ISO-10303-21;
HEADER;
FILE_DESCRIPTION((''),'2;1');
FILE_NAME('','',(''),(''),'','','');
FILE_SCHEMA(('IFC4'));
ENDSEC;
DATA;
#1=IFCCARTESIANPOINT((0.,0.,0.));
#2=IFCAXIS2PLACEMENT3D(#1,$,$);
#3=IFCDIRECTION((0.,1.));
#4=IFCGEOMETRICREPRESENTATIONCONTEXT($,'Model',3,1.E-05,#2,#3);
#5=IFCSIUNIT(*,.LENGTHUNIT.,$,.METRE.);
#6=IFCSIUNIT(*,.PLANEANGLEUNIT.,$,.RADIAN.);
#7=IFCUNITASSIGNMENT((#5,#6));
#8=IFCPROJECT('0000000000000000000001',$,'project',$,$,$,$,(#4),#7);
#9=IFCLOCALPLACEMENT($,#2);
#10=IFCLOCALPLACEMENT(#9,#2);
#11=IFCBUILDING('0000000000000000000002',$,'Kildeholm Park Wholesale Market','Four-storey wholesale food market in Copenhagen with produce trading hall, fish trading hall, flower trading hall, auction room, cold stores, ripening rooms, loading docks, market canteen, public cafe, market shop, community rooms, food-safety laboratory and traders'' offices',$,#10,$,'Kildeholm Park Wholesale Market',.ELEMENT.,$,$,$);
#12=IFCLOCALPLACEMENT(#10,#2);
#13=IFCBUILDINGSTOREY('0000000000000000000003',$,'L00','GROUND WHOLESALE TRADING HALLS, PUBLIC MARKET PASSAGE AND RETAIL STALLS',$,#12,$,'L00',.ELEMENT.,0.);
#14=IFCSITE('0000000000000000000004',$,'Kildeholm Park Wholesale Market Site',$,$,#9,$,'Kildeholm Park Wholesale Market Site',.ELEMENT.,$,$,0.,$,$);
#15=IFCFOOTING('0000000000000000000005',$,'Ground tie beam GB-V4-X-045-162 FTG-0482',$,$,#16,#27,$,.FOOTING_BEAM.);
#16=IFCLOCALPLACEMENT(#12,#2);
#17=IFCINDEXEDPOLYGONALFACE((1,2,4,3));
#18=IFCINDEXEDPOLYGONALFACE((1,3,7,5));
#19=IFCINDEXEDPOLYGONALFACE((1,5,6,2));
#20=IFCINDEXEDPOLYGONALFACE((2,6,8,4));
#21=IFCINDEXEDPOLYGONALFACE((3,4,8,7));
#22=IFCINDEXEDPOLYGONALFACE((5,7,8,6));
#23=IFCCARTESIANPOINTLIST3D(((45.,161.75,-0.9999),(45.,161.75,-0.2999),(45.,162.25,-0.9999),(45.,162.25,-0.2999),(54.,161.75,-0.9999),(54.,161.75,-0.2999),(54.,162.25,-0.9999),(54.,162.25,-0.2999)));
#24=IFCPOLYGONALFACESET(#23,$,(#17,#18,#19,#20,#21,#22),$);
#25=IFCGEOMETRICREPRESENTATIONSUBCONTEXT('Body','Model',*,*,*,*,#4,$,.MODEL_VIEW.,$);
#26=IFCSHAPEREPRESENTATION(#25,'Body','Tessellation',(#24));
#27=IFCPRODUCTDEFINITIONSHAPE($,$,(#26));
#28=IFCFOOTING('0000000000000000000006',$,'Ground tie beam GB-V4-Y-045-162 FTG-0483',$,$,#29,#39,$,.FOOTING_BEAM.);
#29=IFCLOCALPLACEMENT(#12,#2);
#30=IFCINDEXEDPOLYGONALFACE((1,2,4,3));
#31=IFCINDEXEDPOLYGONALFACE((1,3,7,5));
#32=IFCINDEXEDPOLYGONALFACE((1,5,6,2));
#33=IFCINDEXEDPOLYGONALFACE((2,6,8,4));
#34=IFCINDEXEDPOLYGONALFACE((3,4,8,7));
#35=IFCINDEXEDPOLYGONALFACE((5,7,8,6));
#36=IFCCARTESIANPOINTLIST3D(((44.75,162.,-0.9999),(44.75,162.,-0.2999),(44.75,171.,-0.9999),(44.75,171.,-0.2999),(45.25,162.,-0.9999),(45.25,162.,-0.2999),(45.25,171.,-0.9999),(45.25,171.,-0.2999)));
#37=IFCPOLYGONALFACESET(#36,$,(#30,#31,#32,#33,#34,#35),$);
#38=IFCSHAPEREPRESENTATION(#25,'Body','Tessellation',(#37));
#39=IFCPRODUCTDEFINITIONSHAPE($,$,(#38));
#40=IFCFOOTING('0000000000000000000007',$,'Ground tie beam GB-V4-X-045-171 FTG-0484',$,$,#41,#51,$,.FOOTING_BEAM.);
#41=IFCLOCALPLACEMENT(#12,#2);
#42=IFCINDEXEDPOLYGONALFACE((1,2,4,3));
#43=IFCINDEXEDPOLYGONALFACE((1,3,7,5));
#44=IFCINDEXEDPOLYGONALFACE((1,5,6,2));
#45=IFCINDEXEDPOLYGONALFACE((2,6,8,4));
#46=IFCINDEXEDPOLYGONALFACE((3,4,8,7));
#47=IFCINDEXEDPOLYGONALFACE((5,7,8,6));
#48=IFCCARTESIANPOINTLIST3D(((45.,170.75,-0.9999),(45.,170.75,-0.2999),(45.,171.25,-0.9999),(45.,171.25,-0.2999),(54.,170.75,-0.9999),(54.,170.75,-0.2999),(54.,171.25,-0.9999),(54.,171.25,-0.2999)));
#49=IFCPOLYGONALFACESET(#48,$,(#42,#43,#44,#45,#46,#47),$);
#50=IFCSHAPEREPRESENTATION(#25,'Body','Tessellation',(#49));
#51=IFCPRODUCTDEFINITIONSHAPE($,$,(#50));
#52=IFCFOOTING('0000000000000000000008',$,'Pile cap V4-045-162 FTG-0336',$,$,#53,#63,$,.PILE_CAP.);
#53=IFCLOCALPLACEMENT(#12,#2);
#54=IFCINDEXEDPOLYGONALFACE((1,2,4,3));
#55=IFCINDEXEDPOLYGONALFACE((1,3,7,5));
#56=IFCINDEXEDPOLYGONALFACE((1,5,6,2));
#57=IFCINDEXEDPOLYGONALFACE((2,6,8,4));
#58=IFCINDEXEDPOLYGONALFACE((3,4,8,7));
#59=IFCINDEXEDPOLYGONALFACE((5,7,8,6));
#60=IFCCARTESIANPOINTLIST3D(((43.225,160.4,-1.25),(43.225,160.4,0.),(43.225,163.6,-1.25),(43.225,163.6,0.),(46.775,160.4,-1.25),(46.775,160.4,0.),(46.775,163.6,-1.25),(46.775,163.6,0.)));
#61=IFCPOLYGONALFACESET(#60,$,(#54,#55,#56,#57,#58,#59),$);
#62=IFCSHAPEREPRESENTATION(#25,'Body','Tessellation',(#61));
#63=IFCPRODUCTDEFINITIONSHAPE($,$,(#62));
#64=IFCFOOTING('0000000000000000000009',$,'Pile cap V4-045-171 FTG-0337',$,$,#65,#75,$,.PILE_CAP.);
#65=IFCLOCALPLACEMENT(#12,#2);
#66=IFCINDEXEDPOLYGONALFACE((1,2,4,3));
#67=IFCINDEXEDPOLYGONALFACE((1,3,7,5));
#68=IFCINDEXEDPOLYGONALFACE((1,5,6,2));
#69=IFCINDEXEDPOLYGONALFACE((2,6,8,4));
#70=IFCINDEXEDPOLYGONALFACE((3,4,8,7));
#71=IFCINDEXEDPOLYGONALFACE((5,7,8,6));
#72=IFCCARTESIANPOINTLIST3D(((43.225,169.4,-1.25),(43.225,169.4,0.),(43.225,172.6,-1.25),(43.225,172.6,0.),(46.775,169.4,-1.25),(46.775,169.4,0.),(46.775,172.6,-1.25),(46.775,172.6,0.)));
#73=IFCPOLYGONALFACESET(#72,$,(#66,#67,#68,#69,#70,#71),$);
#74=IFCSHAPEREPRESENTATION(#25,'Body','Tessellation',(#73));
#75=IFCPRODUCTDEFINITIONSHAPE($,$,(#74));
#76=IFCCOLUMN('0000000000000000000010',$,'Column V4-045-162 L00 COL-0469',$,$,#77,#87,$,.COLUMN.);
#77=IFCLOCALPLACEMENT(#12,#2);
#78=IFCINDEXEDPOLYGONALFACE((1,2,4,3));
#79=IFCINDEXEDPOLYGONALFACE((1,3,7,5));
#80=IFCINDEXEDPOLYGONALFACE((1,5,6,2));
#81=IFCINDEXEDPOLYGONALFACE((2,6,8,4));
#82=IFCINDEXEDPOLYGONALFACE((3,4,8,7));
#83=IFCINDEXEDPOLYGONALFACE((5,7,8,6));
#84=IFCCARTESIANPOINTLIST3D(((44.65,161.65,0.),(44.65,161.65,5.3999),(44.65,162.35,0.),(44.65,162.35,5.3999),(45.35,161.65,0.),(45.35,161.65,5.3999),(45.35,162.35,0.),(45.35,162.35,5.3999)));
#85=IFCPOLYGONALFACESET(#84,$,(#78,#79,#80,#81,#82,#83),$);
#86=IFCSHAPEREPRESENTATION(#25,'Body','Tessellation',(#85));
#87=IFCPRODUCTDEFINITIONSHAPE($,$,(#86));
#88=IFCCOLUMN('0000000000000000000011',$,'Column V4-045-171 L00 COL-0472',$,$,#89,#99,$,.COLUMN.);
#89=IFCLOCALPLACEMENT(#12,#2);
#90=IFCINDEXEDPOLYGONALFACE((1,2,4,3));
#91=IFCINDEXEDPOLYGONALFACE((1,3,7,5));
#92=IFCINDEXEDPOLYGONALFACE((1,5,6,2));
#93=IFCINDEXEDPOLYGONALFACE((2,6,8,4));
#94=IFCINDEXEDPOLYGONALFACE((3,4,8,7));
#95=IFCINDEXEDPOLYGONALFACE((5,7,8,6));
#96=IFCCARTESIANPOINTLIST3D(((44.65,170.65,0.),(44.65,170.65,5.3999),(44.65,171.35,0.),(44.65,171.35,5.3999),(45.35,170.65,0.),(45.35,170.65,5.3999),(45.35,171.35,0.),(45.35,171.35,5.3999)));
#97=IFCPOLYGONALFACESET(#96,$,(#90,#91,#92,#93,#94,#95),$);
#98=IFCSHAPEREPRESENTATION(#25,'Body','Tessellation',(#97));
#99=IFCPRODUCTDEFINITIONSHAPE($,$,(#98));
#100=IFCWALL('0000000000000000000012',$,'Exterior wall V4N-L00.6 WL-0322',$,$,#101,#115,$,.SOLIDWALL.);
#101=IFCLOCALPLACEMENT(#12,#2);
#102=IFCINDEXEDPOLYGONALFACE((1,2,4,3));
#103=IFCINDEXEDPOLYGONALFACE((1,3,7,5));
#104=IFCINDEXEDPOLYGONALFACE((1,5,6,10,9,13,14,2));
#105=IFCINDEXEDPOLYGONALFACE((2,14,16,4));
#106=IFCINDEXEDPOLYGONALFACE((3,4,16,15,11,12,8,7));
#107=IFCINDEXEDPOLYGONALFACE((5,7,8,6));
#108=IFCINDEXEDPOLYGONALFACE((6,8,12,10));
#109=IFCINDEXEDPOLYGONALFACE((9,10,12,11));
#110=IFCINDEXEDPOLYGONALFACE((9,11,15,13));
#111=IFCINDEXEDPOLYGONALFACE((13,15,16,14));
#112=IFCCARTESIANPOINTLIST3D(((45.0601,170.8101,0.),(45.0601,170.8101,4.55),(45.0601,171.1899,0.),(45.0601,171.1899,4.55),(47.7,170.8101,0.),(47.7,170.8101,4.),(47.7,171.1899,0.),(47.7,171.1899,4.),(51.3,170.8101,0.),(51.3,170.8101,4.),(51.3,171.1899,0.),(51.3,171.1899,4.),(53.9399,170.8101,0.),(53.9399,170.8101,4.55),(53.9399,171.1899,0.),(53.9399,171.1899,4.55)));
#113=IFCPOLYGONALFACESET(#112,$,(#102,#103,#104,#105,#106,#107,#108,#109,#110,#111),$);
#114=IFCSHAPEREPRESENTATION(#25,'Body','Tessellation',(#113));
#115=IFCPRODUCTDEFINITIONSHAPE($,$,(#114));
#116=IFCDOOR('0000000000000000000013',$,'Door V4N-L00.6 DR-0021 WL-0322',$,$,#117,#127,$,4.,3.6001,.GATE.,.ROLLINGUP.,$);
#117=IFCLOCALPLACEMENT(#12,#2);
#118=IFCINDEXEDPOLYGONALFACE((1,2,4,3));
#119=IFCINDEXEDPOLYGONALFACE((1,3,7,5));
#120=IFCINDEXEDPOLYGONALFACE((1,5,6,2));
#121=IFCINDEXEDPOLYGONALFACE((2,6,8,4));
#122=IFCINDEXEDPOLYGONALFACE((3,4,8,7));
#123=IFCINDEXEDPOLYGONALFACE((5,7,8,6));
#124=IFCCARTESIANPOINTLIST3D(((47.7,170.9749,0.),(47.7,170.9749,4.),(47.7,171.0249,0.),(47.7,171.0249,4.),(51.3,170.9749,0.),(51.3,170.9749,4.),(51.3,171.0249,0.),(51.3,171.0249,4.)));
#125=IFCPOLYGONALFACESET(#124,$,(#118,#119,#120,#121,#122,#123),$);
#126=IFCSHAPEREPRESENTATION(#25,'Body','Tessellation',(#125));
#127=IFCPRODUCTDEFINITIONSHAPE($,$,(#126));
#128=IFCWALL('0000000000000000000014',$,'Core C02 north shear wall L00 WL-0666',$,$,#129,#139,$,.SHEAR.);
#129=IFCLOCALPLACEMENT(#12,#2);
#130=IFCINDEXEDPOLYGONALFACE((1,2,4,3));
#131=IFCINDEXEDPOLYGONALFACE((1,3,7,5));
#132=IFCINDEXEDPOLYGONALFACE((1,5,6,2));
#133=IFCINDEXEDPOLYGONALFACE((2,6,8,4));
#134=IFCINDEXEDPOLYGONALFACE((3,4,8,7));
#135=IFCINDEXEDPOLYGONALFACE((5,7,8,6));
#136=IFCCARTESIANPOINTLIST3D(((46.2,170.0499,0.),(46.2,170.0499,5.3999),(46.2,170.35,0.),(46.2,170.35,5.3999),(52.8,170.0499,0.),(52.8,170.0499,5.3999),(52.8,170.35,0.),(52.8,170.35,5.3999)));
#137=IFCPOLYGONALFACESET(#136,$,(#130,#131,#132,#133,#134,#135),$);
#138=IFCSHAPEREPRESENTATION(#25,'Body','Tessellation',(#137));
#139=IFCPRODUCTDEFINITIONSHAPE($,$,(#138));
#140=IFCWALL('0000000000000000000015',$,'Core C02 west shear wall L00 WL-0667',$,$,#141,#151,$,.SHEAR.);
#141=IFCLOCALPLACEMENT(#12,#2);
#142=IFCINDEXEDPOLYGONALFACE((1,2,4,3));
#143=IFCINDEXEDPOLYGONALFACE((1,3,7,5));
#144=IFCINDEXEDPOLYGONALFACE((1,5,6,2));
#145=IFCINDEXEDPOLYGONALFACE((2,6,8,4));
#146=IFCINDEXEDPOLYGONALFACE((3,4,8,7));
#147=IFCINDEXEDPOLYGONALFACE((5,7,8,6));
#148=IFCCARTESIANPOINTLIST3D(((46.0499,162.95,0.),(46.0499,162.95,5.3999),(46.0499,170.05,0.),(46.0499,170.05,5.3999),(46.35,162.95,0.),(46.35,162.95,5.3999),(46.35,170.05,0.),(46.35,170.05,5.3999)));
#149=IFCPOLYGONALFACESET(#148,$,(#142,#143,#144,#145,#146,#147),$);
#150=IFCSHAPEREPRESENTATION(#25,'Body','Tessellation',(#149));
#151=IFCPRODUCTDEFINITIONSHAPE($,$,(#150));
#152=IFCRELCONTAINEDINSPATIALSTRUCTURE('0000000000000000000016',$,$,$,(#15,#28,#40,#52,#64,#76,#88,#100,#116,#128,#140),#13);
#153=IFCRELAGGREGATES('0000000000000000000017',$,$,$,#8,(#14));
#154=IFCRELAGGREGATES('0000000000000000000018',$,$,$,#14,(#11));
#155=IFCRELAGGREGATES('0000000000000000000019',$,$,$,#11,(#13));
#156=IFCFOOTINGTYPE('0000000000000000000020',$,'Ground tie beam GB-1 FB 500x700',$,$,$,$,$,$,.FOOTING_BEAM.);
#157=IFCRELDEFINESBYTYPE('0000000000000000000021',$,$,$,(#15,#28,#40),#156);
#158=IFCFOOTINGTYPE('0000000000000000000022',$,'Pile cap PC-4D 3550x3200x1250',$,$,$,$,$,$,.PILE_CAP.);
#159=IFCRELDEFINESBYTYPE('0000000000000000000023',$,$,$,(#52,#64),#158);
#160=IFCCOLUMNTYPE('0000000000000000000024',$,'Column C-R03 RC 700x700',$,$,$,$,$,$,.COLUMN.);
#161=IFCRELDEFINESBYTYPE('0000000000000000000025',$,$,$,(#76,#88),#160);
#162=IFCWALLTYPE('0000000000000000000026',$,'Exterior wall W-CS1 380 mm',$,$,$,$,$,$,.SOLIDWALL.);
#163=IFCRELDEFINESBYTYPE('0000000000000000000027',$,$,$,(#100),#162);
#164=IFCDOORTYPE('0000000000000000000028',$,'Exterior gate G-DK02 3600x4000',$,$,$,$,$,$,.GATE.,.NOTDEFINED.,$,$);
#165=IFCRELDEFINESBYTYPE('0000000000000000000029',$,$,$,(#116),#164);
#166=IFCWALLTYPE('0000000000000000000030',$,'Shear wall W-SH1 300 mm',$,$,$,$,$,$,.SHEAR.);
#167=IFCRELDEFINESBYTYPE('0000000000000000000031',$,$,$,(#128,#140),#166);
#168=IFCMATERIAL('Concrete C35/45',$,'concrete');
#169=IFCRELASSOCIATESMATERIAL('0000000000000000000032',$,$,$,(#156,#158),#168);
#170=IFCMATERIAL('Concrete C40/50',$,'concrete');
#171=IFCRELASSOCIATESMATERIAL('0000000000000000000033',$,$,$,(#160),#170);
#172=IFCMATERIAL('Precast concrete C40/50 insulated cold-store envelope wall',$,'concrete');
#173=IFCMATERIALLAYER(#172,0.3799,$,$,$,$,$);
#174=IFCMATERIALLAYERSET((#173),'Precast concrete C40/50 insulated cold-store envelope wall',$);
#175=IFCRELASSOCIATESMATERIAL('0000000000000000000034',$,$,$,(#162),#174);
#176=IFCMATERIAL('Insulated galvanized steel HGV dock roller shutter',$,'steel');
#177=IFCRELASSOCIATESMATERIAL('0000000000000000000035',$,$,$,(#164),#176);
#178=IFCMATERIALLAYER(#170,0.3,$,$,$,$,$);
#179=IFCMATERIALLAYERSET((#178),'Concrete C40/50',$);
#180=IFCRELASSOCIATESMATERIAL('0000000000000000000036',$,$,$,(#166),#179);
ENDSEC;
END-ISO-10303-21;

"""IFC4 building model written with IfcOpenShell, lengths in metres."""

from ifc_helpers import new_model, si_unit, direction, frame, frame_2d, origin, origin_2d, place, context, subcontext, project, spatial, rectangle, extrude, material, layer, layer_set, material_profile, profile_set, type_object, element, fill, save


model = new_model("IFC4")

# Units and contexts
model_context = context("Model", 3, precision=1e-05, world=origin(), true_north=direction((0.0, 1.0)))
body_context = subcontext(model_context, "Body", "Model", "MODEL_VIEW")
ifc_project = project(units=[si_unit("LENGTHUNIT", "METRE"), si_unit("PLANEANGLEUNIT", "RADIAN")], contexts=[model_context])

# Site, building, storey
site_placement = place(None, origin())
site = spatial("IfcSite", under=ifc_project, at=site_placement, Name="Kildeholm Park Wholesale Market Site", LongName="Kildeholm Park Wholesale Market Site", CompositionType="ELEMENT", RefElevation=0.0)
building_placement = place(site_placement, origin())
building = spatial("IfcBuilding", under=site, at=building_placement, Name="Kildeholm Park Wholesale Market", Description="Four-storey wholesale food market in Copenhagen with produce trading hall, fish trading hall, flower trading hall, auction room, cold stores, ripening rooms, loading docks, market canteen, public cafe, market shop, community rooms, food-safety laboratory and traders' offices", LongName="Kildeholm Park Wholesale Market", CompositionType="ELEMENT")
storey_placement = place(building_placement, origin())
storey = spatial("IfcBuildingStorey", under=building, at=storey_placement, Name="L00", Description="GROUND WHOLESALE TRADING HALLS, PUBLIC MARKET PASSAGE AND RETAIL STALLS", LongName="L00", CompositionType="ELEMENT", Elevation=0.0)

# Shared definitions
ifc_material_1 = material(Name="Concrete C35/45", Category="concrete")

# Footings
ifc_material_profile_1 = material_profile(ifc_material_1, rectangle(XDim=0.5, YDim=0.7, at=origin_2d()), Name="FB 500x700")
ifc_profile_set_1 = profile_set([ifc_material_profile_1], Name="Concrete C35/45")
footing_type_1 = type_object("IfcFootingType", Name="Ground tie beam GB-1 FB 500x700", PredefinedType="FOOTING_BEAM", material=ifc_profile_set_1)
for number, where, z_axis, x_axis, name in (
    (1, (45.0, 162.0, -0.6499), (1.0, 0.0, 0.0), (0.0, 1.0, 0.0), "Ground tie beam GB-V4-X-045-162 FTG-0482"),
    (2, (45.0, 162.0, -0.6499), (0.0, 1.0, 0.0), (-1.0, 0.0, 0.0), "Ground tie beam GB-V4-Y-045-162 FTG-0483"),
    (3, (45.0, 171.0, -0.6499), (1.0, 0.0, 0.0), (0.0, 1.0, 0.0), "Ground tie beam GB-V4-X-045-171 FTG-0484"),
):
    element("IfcFooting", number, at=place(storey_placement, frame(where, z_axis=z_axis, x_axis=x_axis)), inside=storey, type_object=footing_type_1, Name=name, PredefinedType="FOOTING_BEAM", context=body_context, shape_type="SweptSolid", body=[
        extrude(rectangle(XDim=0.5, YDim=0.7, at=origin_2d()), origin(), (0.0, 0.0, 1.0), 9.0),
    ])
footing_type_2 = type_object("IfcFootingType", Name="Pile cap PC-4D 3550x3200x1250", PredefinedType="PILE_CAP", material=ifc_material_1)
for number, where, z_axis, x_axis, name in (
    (4, (45.0, 162.0, -1.25), (0.0, 0.0, 1.0), (1.0, 0.0, 0.0), "Pile cap V4-045-162 FTG-0336"),
    (5, (45.0, 171.0, -1.25), (0.0, 0.0, 1.0), (1.0, 0.0, 0.0), "Pile cap V4-045-171 FTG-0337"),
):
    element("IfcFooting", number, at=place(storey_placement, frame(where, z_axis=z_axis, x_axis=x_axis)), inside=storey, type_object=footing_type_2, Name=name, PredefinedType="PILE_CAP", context=body_context, shape_type="SweptSolid", body=[
        extrude(rectangle(XDim=3.55, YDim=3.2, at=origin_2d()), origin(), (0.0, 0.0, 1.0), 1.25),
    ])

# Columns
ifc_material_2 = material(Name="Concrete C40/50", Category="concrete")
ifc_material_profile_2 = material_profile(ifc_material_2, rectangle(XDim=0.7, YDim=0.7, at=origin_2d()), Name="RC 700x700")
ifc_profile_set_2 = profile_set([ifc_material_profile_2], Name="Concrete C40/50")
column_type = type_object("IfcColumnType", Name="Column C-R03 RC 700x700", PredefinedType="COLUMN", material=ifc_profile_set_2)
for number, where, z_axis, x_axis, name in (
    (6, (45.0, 162.0, 0.0), (0.0, 0.0, 1.0), (1.0, 0.0, 0.0), "Column V4-045-162 L00 COL-0469"),
    (7, (45.0, 171.0, 0.0), (0.0, 0.0, 1.0), (1.0, 0.0, 0.0), "Column V4-045-171 L00 COL-0472"),
):
    element("IfcColumn", number, at=place(storey_placement, frame(where, z_axis=z_axis, x_axis=x_axis)), inside=storey, type_object=column_type, Name=name, PredefinedType="COLUMN", context=body_context, shape_type="SweptSolid", body=[
        extrude(rectangle(XDim=0.7, YDim=0.7, at=origin_2d()), origin(), (0.0, 0.0, 1.0), 5.3999),
    ])

# Wall, opening, door
ifc_material_3 = material(Name="Precast concrete C40/50 insulated cold-store envelope wall", Category="concrete")
ifc_layer_1 = layer(ifc_material_3, 0.3799)
ifc_layer_set_1 = layer_set([ifc_layer_1], Name="Precast concrete C40/50 insulated cold-store envelope wall")
wall_type_1 = type_object("IfcWallType", Name="Exterior wall W-CS1 380 mm", PredefinedType="SOLIDWALL", material=ifc_layer_set_1)
wall_1_placement = place(storey_placement, frame((45.0601, 171.0, 0.0), z_axis=(0.0, 0.0, 1.0), x_axis=(1.0, 0.0, 0.0)))
wall_1 = element("IfcWall", 8, at=wall_1_placement, inside=storey, type_object=wall_type_1, Name="Exterior wall V4N-L00.6 WL-0322", PredefinedType="SOLIDWALL", context=body_context, shape_type="SweptSolid", body=[
    extrude(rectangle(XDim=8.8799, YDim=0.3799, at=frame_2d((4.4399, 0.0))), origin(), (0.0, 0.0, 1.0), 4.55),
])
opening_1_placement = place(wall_1_placement, frame((2.6399, 0.0, 0.0)))
opening_1 = element("IfcOpeningElement", 9, at=opening_1_placement, cuts=wall_1, PredefinedType="OPENING", context=body_context, shape_type="SweptSolid", body=[
    extrude(rectangle(XDim=3.6001, YDim=4.0, at=frame_2d((1.8, 2.0))), frame((0.0, 0.2, 0.0), z_axis=(0.0, -1.0, 0.0), x_axis=(1.0, 0.0, 0.0)), (0.0, 0.0, 1.0), 0.3999),
])
ifc_material_4 = material(Name="Insulated galvanized steel HGV dock roller shutter", Category="steel")
door_type_1 = type_object("IfcDoorType", Name="Exterior gate G-DK02 3600x4000", OperationType="NOTDEFINED", PredefinedType="GATE", material=ifc_material_4)
door_1_placement = place(opening_1_placement, origin())
door_1 = element("IfcDoor", 10, at=door_1_placement, inside=storey, type_object=door_type_1, Name="Door V4N-L00.6 DR-0021 WL-0322", OperationType="ROLLINGUP", OverallHeight=4.0, OverallWidth=3.6001, PredefinedType="GATE", context=body_context, shape_type="SweptSolid", body=[
    extrude(rectangle(XDim=3.6001, YDim=4.0, at=frame_2d((1.8, 2.0))), frame((0.0, 0.0249, 0.0), z_axis=(0.0, -1.0, 0.0), x_axis=(1.0, 0.0, 0.0)), (0.0, 0.0, 1.0), 0.05),
])
fill(opening_1, door_1)
ifc_layer_2 = layer(ifc_material_2, 0.3)
ifc_layer_set_2 = layer_set([ifc_layer_2], Name="Concrete C40/50")
wall_type_2 = type_object("IfcWallType", Name="Shear wall W-SH1 300 mm", PredefinedType="SHEAR", material=ifc_layer_set_2)

# Walls
wall_2_placement = place(storey_placement, frame((46.2, 170.2, 0.0), z_axis=(0.0, 0.0, 1.0), x_axis=(1.0, 0.0, 0.0)))
element("IfcWall", 11, at=wall_2_placement, inside=storey, type_object=wall_type_2, Name="Core C02 north shear wall L00 WL-0666", PredefinedType="SHEAR", context=body_context, shape_type="SweptSolid", body=[
    extrude(rectangle(XDim=6.6001, YDim=0.3, at=frame_2d((3.3, 0.0))), origin(), (0.0, 0.0, 1.0), 5.3999),
])
wall_3_placement = place(storey_placement, frame((46.2, 162.95, 0.0), z_axis=(0.0, 0.0, 1.0), x_axis=(0.0, 1.0, 0.0)))
element("IfcWall", 12, at=wall_3_placement, inside=storey, type_object=wall_type_2, Name="Core C02 west shear wall L00 WL-0667", PredefinedType="SHEAR", context=body_context, shape_type="SweptSolid", body=[
    extrude(rectangle(XDim=7.1001, YDim=0.3, at=frame_2d((3.55, 0.0))), origin(), (0.0, 0.0, 1.0), 5.3999),
])

save(model, "model.ifc")
